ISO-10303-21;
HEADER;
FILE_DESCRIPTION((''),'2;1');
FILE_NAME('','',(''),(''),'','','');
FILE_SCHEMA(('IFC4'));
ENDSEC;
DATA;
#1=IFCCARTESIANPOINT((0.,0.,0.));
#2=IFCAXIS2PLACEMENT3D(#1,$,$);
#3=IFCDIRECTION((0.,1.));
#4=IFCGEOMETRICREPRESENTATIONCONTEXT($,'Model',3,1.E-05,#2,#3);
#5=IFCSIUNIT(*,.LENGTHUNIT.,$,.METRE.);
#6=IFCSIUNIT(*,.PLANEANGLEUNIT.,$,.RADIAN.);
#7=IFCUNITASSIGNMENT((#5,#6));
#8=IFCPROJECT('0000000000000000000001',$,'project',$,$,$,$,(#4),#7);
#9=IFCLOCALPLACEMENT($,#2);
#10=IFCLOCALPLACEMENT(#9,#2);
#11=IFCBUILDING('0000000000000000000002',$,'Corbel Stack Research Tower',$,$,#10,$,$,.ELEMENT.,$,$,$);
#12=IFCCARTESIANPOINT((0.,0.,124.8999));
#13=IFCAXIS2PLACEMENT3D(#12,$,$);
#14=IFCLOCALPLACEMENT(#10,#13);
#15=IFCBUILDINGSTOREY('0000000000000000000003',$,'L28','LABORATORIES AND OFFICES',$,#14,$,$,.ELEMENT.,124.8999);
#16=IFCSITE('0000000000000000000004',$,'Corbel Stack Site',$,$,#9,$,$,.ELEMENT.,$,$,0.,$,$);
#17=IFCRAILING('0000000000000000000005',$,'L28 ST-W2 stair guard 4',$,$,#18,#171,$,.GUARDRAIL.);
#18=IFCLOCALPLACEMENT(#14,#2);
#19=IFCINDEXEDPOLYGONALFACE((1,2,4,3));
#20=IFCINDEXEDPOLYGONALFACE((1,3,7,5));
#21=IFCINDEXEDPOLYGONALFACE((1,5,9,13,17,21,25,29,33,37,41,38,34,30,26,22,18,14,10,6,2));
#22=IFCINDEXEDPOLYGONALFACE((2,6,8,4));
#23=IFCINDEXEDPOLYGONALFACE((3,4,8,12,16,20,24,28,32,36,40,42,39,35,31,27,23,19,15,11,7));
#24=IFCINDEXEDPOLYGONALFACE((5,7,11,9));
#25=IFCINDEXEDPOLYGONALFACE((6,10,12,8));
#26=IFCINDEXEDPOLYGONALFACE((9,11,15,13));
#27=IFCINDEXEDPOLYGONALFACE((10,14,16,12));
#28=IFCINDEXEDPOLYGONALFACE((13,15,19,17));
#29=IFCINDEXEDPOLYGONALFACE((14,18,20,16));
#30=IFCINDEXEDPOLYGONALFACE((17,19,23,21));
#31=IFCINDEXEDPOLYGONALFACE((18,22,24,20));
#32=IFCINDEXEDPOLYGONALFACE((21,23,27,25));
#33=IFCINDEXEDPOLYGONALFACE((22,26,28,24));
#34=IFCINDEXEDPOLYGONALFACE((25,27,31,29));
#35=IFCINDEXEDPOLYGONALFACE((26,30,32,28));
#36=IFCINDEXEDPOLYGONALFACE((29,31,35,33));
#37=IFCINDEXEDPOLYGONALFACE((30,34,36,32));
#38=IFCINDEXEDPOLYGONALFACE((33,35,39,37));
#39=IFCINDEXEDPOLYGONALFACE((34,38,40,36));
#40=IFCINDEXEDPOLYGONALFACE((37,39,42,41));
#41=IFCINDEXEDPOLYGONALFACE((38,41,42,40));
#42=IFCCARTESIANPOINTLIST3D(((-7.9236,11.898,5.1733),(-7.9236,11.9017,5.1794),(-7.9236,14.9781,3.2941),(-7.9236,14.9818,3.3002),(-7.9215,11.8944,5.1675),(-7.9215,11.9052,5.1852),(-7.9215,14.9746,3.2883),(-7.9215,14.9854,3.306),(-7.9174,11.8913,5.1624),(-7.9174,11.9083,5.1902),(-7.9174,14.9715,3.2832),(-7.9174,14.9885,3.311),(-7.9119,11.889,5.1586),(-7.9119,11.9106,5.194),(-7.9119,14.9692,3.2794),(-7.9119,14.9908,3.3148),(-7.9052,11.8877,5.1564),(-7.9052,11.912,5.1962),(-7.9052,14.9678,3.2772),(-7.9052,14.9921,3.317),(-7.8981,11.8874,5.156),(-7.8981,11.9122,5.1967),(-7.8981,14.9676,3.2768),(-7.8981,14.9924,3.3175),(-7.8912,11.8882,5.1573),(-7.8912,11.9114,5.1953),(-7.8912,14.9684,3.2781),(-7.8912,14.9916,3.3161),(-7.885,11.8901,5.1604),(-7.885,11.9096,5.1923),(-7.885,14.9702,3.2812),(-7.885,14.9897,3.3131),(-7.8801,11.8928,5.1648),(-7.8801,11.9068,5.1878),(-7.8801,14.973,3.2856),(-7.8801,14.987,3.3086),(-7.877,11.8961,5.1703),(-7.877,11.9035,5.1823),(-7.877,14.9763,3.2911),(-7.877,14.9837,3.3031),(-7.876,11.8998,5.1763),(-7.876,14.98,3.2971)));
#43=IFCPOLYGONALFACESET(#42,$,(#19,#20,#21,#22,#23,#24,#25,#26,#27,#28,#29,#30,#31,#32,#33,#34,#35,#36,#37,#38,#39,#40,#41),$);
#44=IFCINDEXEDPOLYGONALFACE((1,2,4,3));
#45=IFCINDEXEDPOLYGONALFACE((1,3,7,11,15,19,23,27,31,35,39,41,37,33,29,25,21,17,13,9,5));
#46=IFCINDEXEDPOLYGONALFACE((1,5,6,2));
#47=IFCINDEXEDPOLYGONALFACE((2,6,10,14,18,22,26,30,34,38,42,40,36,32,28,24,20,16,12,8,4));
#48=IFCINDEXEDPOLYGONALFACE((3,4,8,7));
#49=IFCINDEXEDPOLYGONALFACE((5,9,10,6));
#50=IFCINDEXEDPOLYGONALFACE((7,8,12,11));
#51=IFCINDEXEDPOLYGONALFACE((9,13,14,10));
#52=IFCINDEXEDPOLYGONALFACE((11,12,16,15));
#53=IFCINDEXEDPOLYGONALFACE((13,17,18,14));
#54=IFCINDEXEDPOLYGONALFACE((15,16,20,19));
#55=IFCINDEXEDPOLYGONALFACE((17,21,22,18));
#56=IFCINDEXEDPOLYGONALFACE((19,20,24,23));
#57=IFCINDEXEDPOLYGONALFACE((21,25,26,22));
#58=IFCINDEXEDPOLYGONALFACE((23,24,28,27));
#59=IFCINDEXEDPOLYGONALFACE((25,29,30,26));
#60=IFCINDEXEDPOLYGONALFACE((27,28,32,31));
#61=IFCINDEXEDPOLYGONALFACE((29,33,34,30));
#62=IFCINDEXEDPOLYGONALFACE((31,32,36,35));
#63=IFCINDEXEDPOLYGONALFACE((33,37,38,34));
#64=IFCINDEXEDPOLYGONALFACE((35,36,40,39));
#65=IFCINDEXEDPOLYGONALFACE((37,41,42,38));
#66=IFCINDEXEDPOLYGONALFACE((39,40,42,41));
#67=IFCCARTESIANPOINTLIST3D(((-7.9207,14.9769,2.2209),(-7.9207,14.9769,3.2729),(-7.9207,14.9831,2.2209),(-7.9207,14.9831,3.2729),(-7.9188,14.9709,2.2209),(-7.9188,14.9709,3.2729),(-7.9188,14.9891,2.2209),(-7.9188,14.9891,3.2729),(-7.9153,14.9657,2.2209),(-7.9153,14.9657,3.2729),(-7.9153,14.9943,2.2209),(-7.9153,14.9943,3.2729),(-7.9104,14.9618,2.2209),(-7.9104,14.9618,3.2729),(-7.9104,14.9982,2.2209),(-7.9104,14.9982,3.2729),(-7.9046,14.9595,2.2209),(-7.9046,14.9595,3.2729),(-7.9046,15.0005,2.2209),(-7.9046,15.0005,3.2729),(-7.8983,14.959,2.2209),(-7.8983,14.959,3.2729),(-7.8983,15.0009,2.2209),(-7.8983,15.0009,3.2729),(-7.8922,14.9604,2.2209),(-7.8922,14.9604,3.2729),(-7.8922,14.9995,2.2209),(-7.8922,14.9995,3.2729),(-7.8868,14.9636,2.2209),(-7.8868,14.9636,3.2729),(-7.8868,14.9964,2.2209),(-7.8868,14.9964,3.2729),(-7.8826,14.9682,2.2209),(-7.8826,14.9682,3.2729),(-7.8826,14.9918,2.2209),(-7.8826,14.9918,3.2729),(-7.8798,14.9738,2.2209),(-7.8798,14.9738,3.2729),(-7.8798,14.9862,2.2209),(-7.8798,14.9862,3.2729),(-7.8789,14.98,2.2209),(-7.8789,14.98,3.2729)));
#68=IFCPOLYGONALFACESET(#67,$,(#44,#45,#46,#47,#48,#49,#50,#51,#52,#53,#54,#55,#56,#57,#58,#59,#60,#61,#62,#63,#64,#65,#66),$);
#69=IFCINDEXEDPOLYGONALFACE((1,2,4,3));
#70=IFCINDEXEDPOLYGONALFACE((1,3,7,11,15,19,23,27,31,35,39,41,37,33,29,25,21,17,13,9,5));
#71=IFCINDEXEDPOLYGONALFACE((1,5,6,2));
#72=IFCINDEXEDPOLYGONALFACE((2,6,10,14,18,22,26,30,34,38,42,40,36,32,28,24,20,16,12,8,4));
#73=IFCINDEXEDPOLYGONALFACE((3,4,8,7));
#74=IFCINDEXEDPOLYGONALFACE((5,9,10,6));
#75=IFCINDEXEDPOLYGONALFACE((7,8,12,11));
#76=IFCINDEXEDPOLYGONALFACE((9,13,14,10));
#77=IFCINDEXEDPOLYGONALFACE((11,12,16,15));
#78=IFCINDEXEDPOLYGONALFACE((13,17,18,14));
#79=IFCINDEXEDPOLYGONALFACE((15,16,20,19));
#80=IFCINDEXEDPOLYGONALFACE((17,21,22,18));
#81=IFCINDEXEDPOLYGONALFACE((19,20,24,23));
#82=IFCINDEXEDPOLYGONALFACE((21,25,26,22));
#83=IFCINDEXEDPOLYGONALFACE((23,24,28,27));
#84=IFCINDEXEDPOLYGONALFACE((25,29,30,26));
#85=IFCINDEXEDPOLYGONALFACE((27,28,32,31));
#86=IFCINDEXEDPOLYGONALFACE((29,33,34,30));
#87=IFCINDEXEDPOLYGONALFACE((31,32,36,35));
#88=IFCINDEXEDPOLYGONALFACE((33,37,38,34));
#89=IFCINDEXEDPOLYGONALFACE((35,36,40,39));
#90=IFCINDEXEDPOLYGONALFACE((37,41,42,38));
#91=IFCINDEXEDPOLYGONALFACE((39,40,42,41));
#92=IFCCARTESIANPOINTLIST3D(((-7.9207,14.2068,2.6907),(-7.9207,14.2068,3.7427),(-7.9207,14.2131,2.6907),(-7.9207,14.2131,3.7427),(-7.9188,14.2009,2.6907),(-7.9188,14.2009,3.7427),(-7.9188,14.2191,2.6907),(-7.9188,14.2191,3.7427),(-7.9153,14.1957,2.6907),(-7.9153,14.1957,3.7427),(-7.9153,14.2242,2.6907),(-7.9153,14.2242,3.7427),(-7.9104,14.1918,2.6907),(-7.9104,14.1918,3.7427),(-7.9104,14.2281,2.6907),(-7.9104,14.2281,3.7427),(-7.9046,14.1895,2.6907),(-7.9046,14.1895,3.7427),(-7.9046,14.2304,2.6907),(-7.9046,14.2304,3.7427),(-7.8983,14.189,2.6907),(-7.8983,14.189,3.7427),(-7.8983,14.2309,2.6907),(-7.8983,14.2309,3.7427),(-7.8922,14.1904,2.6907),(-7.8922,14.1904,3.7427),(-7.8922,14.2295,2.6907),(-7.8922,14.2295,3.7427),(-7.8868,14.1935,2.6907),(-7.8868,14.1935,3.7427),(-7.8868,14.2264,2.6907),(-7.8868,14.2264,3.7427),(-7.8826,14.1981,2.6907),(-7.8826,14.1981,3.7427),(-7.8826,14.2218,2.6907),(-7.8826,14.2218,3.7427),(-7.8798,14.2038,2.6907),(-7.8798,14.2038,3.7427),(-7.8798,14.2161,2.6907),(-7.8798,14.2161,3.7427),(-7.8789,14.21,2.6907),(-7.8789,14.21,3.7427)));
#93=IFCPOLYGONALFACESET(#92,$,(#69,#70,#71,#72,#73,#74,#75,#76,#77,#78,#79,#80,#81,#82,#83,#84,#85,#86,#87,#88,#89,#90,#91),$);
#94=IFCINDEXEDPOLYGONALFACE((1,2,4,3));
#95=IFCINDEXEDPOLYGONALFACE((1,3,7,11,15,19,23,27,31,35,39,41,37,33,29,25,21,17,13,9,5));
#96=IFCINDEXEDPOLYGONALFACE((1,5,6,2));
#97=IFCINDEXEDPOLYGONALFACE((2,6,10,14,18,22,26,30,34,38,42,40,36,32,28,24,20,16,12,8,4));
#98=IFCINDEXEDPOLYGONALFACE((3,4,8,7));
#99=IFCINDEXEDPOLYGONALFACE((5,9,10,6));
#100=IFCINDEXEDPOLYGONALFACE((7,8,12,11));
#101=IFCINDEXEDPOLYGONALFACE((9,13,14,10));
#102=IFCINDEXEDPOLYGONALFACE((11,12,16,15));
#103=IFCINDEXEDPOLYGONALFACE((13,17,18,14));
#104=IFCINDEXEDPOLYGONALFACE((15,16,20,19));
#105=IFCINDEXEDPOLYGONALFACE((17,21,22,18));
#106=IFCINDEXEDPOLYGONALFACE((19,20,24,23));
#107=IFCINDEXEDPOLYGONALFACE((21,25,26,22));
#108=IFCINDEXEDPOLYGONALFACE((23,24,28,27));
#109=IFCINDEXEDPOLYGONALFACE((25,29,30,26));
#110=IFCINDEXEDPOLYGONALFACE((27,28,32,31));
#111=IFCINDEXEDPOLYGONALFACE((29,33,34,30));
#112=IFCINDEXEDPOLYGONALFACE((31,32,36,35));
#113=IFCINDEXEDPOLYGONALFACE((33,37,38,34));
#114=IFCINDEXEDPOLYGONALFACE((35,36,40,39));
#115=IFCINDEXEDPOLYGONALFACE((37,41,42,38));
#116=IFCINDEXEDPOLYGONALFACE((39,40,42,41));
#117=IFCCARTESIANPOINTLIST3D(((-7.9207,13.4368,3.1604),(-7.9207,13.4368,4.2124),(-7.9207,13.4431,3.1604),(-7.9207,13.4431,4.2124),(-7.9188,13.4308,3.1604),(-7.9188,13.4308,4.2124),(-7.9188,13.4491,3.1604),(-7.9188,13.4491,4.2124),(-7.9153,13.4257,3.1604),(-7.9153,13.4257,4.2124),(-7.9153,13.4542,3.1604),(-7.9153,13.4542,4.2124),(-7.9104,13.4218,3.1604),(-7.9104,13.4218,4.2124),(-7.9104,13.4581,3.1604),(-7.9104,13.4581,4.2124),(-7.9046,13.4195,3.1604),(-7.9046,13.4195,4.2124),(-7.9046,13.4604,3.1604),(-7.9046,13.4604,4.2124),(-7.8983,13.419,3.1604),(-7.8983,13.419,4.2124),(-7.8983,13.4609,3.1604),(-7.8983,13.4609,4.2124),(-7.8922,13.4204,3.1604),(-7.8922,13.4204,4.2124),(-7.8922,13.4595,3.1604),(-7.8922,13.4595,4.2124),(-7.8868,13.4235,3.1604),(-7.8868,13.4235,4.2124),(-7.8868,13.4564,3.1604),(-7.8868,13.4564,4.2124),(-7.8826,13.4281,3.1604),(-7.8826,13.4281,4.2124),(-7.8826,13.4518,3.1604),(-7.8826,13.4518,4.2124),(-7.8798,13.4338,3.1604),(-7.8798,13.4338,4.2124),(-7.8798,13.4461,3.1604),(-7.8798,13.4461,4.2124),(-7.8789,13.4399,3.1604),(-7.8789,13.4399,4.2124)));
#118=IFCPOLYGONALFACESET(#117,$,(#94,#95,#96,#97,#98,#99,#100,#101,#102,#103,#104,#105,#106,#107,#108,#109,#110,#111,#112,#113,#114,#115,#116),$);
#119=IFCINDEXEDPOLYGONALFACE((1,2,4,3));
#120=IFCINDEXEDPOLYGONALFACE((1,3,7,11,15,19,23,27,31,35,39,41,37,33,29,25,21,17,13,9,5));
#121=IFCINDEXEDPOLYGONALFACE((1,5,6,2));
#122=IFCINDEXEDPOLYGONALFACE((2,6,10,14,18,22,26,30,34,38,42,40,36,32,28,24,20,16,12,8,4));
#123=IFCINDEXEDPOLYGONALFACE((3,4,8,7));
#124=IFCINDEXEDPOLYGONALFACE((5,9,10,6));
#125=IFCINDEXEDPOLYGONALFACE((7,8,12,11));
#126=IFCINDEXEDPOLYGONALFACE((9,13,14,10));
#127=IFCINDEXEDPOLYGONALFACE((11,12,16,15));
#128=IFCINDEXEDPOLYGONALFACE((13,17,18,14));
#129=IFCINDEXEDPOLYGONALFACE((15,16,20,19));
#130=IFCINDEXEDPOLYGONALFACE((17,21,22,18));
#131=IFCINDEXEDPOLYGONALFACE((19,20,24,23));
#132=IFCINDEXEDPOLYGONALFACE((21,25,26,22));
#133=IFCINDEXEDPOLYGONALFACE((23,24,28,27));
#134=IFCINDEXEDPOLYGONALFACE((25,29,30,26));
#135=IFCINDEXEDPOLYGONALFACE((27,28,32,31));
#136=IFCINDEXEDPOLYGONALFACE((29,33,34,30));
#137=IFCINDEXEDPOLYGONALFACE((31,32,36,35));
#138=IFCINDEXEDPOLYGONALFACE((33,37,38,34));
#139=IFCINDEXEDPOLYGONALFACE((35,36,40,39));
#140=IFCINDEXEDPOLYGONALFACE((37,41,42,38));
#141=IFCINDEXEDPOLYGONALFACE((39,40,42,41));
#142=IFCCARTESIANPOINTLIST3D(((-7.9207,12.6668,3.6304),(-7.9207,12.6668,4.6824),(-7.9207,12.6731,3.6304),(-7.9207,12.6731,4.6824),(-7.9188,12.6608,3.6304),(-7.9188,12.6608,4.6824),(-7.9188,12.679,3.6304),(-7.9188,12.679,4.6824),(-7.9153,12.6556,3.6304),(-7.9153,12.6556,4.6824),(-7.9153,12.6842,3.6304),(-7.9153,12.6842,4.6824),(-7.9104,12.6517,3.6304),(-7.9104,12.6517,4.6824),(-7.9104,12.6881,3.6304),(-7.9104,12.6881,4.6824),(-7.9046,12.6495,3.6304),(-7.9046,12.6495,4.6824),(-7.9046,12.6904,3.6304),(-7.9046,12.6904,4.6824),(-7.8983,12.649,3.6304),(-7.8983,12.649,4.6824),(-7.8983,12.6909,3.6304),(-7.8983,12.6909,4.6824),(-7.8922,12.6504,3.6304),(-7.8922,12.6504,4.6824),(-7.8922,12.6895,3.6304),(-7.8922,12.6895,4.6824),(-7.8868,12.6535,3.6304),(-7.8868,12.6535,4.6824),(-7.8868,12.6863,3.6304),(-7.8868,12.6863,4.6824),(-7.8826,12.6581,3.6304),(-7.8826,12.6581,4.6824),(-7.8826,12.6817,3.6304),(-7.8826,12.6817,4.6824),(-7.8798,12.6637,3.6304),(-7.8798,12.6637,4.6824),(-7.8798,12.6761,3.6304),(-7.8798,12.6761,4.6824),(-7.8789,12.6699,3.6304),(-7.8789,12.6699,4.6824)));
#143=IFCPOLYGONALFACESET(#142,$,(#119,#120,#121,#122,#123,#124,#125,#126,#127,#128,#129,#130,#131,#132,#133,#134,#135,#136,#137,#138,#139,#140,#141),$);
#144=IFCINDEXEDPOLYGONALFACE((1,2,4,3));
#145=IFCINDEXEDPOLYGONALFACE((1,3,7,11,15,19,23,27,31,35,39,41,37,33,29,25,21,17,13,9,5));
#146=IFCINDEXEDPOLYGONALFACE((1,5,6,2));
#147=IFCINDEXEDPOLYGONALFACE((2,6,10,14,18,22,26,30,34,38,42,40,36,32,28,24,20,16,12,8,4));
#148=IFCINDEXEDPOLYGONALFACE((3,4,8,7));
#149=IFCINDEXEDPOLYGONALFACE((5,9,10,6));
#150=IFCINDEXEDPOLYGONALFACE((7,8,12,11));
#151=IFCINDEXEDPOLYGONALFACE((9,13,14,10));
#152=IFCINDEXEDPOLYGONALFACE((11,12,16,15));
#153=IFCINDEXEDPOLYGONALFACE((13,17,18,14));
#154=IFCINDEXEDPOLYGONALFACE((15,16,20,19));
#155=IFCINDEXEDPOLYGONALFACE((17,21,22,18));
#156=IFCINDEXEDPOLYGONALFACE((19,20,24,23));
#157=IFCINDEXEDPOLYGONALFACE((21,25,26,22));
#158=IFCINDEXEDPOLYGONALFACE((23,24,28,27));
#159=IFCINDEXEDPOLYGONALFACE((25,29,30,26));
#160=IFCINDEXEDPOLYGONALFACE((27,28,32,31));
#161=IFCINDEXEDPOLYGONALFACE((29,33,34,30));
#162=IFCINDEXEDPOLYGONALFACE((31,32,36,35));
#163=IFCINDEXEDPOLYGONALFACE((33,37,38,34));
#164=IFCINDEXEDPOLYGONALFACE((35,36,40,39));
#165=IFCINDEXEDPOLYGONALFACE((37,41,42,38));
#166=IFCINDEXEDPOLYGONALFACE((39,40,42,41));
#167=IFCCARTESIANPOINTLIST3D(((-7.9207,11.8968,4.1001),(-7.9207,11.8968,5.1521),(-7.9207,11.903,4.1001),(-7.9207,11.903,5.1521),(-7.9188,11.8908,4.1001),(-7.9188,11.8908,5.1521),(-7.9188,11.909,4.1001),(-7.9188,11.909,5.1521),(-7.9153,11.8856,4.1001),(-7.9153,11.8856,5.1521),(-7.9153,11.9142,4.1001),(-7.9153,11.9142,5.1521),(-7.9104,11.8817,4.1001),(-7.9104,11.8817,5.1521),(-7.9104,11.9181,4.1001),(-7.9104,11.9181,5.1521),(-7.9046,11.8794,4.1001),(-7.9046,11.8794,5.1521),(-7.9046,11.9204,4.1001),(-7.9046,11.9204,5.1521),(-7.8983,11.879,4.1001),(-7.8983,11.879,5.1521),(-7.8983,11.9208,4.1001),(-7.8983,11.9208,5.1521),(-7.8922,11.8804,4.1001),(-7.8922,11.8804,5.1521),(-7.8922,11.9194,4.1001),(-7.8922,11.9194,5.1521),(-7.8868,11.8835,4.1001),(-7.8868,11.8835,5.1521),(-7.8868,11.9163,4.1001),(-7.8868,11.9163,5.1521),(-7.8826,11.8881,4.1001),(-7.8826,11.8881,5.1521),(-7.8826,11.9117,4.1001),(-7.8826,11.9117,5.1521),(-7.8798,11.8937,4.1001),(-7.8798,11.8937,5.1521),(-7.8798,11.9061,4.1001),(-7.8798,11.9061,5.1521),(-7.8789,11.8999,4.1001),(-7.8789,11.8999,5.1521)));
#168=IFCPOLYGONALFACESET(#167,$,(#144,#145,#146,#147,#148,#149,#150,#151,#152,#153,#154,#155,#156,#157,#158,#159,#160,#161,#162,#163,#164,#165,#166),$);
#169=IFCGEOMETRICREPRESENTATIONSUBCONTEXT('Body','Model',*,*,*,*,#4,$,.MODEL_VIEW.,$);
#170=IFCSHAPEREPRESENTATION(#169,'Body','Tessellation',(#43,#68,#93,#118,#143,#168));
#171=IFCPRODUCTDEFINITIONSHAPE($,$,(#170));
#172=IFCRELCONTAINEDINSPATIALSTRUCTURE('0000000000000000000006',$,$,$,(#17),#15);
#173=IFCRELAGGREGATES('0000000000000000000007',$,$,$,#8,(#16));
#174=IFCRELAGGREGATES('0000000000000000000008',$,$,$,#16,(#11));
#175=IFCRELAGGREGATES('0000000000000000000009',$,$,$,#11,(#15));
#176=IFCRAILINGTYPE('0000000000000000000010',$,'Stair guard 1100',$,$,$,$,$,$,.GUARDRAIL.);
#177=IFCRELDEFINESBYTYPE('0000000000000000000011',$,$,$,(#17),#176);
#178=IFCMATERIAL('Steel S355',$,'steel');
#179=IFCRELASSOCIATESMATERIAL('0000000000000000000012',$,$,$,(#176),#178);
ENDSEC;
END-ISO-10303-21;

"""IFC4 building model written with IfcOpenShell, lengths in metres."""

from ifc_helpers import new_model, si_unit, direction, frame, origin, origin_2d, place, context, subcontext, project, spatial, circle, extrude, material, type_object, element, save


model = new_model("IFC4")

# Units and contexts
model_context = context("Model", 3, precision=1e-05, world=origin(), true_north=direction((0.0, 1.0)))
body_context = subcontext(model_context, "Body", "Model", "MODEL_VIEW")
ifc_project = project(units=[si_unit("LENGTHUNIT", "METRE"), si_unit("PLANEANGLEUNIT", "RADIAN")], contexts=[model_context])

# Site, building, storey
site_placement = place(None, origin())
site = spatial("IfcSite", under=ifc_project, at=site_placement, Name="Corbel Stack Site", CompositionType="ELEMENT", RefElevation=0.0)
building_placement = place(site_placement, origin())
building = spatial("IfcBuilding", under=site, at=building_placement, Name="Corbel Stack Research Tower", CompositionType="ELEMENT")
storey_placement = place(building_placement, frame((0.0, 0.0, 124.8999)))
storey = spatial("IfcBuildingStorey", under=building, at=storey_placement, Name="L28", Description="LABORATORIES AND OFFICES", CompositionType="ELEMENT", Elevation=124.8999)

# Railing
ifc_material_1 = material(Name="Steel S355", Category="steel")
railing_type_1 = type_object("IfcRailingType", Name="Stair guard 1100", PredefinedType="GUARDRAIL", material=ifc_material_1)
railing_1_placement = place(storey_placement, frame((-7.8999, 14.98, 2.2209)))
element("IfcRailing", 1, at=railing_1_placement, inside=storey, type_object=railing_type_1, Name="L28 ST-W2 stair guard 4", PredefinedType="GUARDRAIL", context=body_context, shape_type="SweptSolid", body=[
    extrude(circle(Radius=0.0239, at=origin_2d()), frame((0.0, 0.0, 1.0762), z_axis=(0.0, -0.853666, 0.52082), x_axis=(1.0, 0.0, 0.0)), (0.0, 0.0, 1.0), 3.6082),
    extrude(circle(Radius=0.021, at=origin_2d()), origin(), (0.0, 0.0, 1.0), 1.052),
    extrude(circle(Radius=0.021, at=origin_2d()), frame((0.0, -0.77, 0.4697)), (0.0, 0.0, 1.0), 1.052),
    extrude(circle(Radius=0.021, at=origin_2d()), frame((0.0, -1.54, 0.9395)), (0.0, 0.0, 1.0), 1.052),
    extrude(circle(Radius=0.021, at=origin_2d()), frame((0.0, -2.3101, 1.4094)), (0.0, 0.0, 1.0), 1.052),
    extrude(circle(Radius=0.021, at=origin_2d()), frame((0.0, -3.0801, 1.8792)), (0.0, 0.0, 1.0), 1.052),
])

save(model, "model.ifc")
